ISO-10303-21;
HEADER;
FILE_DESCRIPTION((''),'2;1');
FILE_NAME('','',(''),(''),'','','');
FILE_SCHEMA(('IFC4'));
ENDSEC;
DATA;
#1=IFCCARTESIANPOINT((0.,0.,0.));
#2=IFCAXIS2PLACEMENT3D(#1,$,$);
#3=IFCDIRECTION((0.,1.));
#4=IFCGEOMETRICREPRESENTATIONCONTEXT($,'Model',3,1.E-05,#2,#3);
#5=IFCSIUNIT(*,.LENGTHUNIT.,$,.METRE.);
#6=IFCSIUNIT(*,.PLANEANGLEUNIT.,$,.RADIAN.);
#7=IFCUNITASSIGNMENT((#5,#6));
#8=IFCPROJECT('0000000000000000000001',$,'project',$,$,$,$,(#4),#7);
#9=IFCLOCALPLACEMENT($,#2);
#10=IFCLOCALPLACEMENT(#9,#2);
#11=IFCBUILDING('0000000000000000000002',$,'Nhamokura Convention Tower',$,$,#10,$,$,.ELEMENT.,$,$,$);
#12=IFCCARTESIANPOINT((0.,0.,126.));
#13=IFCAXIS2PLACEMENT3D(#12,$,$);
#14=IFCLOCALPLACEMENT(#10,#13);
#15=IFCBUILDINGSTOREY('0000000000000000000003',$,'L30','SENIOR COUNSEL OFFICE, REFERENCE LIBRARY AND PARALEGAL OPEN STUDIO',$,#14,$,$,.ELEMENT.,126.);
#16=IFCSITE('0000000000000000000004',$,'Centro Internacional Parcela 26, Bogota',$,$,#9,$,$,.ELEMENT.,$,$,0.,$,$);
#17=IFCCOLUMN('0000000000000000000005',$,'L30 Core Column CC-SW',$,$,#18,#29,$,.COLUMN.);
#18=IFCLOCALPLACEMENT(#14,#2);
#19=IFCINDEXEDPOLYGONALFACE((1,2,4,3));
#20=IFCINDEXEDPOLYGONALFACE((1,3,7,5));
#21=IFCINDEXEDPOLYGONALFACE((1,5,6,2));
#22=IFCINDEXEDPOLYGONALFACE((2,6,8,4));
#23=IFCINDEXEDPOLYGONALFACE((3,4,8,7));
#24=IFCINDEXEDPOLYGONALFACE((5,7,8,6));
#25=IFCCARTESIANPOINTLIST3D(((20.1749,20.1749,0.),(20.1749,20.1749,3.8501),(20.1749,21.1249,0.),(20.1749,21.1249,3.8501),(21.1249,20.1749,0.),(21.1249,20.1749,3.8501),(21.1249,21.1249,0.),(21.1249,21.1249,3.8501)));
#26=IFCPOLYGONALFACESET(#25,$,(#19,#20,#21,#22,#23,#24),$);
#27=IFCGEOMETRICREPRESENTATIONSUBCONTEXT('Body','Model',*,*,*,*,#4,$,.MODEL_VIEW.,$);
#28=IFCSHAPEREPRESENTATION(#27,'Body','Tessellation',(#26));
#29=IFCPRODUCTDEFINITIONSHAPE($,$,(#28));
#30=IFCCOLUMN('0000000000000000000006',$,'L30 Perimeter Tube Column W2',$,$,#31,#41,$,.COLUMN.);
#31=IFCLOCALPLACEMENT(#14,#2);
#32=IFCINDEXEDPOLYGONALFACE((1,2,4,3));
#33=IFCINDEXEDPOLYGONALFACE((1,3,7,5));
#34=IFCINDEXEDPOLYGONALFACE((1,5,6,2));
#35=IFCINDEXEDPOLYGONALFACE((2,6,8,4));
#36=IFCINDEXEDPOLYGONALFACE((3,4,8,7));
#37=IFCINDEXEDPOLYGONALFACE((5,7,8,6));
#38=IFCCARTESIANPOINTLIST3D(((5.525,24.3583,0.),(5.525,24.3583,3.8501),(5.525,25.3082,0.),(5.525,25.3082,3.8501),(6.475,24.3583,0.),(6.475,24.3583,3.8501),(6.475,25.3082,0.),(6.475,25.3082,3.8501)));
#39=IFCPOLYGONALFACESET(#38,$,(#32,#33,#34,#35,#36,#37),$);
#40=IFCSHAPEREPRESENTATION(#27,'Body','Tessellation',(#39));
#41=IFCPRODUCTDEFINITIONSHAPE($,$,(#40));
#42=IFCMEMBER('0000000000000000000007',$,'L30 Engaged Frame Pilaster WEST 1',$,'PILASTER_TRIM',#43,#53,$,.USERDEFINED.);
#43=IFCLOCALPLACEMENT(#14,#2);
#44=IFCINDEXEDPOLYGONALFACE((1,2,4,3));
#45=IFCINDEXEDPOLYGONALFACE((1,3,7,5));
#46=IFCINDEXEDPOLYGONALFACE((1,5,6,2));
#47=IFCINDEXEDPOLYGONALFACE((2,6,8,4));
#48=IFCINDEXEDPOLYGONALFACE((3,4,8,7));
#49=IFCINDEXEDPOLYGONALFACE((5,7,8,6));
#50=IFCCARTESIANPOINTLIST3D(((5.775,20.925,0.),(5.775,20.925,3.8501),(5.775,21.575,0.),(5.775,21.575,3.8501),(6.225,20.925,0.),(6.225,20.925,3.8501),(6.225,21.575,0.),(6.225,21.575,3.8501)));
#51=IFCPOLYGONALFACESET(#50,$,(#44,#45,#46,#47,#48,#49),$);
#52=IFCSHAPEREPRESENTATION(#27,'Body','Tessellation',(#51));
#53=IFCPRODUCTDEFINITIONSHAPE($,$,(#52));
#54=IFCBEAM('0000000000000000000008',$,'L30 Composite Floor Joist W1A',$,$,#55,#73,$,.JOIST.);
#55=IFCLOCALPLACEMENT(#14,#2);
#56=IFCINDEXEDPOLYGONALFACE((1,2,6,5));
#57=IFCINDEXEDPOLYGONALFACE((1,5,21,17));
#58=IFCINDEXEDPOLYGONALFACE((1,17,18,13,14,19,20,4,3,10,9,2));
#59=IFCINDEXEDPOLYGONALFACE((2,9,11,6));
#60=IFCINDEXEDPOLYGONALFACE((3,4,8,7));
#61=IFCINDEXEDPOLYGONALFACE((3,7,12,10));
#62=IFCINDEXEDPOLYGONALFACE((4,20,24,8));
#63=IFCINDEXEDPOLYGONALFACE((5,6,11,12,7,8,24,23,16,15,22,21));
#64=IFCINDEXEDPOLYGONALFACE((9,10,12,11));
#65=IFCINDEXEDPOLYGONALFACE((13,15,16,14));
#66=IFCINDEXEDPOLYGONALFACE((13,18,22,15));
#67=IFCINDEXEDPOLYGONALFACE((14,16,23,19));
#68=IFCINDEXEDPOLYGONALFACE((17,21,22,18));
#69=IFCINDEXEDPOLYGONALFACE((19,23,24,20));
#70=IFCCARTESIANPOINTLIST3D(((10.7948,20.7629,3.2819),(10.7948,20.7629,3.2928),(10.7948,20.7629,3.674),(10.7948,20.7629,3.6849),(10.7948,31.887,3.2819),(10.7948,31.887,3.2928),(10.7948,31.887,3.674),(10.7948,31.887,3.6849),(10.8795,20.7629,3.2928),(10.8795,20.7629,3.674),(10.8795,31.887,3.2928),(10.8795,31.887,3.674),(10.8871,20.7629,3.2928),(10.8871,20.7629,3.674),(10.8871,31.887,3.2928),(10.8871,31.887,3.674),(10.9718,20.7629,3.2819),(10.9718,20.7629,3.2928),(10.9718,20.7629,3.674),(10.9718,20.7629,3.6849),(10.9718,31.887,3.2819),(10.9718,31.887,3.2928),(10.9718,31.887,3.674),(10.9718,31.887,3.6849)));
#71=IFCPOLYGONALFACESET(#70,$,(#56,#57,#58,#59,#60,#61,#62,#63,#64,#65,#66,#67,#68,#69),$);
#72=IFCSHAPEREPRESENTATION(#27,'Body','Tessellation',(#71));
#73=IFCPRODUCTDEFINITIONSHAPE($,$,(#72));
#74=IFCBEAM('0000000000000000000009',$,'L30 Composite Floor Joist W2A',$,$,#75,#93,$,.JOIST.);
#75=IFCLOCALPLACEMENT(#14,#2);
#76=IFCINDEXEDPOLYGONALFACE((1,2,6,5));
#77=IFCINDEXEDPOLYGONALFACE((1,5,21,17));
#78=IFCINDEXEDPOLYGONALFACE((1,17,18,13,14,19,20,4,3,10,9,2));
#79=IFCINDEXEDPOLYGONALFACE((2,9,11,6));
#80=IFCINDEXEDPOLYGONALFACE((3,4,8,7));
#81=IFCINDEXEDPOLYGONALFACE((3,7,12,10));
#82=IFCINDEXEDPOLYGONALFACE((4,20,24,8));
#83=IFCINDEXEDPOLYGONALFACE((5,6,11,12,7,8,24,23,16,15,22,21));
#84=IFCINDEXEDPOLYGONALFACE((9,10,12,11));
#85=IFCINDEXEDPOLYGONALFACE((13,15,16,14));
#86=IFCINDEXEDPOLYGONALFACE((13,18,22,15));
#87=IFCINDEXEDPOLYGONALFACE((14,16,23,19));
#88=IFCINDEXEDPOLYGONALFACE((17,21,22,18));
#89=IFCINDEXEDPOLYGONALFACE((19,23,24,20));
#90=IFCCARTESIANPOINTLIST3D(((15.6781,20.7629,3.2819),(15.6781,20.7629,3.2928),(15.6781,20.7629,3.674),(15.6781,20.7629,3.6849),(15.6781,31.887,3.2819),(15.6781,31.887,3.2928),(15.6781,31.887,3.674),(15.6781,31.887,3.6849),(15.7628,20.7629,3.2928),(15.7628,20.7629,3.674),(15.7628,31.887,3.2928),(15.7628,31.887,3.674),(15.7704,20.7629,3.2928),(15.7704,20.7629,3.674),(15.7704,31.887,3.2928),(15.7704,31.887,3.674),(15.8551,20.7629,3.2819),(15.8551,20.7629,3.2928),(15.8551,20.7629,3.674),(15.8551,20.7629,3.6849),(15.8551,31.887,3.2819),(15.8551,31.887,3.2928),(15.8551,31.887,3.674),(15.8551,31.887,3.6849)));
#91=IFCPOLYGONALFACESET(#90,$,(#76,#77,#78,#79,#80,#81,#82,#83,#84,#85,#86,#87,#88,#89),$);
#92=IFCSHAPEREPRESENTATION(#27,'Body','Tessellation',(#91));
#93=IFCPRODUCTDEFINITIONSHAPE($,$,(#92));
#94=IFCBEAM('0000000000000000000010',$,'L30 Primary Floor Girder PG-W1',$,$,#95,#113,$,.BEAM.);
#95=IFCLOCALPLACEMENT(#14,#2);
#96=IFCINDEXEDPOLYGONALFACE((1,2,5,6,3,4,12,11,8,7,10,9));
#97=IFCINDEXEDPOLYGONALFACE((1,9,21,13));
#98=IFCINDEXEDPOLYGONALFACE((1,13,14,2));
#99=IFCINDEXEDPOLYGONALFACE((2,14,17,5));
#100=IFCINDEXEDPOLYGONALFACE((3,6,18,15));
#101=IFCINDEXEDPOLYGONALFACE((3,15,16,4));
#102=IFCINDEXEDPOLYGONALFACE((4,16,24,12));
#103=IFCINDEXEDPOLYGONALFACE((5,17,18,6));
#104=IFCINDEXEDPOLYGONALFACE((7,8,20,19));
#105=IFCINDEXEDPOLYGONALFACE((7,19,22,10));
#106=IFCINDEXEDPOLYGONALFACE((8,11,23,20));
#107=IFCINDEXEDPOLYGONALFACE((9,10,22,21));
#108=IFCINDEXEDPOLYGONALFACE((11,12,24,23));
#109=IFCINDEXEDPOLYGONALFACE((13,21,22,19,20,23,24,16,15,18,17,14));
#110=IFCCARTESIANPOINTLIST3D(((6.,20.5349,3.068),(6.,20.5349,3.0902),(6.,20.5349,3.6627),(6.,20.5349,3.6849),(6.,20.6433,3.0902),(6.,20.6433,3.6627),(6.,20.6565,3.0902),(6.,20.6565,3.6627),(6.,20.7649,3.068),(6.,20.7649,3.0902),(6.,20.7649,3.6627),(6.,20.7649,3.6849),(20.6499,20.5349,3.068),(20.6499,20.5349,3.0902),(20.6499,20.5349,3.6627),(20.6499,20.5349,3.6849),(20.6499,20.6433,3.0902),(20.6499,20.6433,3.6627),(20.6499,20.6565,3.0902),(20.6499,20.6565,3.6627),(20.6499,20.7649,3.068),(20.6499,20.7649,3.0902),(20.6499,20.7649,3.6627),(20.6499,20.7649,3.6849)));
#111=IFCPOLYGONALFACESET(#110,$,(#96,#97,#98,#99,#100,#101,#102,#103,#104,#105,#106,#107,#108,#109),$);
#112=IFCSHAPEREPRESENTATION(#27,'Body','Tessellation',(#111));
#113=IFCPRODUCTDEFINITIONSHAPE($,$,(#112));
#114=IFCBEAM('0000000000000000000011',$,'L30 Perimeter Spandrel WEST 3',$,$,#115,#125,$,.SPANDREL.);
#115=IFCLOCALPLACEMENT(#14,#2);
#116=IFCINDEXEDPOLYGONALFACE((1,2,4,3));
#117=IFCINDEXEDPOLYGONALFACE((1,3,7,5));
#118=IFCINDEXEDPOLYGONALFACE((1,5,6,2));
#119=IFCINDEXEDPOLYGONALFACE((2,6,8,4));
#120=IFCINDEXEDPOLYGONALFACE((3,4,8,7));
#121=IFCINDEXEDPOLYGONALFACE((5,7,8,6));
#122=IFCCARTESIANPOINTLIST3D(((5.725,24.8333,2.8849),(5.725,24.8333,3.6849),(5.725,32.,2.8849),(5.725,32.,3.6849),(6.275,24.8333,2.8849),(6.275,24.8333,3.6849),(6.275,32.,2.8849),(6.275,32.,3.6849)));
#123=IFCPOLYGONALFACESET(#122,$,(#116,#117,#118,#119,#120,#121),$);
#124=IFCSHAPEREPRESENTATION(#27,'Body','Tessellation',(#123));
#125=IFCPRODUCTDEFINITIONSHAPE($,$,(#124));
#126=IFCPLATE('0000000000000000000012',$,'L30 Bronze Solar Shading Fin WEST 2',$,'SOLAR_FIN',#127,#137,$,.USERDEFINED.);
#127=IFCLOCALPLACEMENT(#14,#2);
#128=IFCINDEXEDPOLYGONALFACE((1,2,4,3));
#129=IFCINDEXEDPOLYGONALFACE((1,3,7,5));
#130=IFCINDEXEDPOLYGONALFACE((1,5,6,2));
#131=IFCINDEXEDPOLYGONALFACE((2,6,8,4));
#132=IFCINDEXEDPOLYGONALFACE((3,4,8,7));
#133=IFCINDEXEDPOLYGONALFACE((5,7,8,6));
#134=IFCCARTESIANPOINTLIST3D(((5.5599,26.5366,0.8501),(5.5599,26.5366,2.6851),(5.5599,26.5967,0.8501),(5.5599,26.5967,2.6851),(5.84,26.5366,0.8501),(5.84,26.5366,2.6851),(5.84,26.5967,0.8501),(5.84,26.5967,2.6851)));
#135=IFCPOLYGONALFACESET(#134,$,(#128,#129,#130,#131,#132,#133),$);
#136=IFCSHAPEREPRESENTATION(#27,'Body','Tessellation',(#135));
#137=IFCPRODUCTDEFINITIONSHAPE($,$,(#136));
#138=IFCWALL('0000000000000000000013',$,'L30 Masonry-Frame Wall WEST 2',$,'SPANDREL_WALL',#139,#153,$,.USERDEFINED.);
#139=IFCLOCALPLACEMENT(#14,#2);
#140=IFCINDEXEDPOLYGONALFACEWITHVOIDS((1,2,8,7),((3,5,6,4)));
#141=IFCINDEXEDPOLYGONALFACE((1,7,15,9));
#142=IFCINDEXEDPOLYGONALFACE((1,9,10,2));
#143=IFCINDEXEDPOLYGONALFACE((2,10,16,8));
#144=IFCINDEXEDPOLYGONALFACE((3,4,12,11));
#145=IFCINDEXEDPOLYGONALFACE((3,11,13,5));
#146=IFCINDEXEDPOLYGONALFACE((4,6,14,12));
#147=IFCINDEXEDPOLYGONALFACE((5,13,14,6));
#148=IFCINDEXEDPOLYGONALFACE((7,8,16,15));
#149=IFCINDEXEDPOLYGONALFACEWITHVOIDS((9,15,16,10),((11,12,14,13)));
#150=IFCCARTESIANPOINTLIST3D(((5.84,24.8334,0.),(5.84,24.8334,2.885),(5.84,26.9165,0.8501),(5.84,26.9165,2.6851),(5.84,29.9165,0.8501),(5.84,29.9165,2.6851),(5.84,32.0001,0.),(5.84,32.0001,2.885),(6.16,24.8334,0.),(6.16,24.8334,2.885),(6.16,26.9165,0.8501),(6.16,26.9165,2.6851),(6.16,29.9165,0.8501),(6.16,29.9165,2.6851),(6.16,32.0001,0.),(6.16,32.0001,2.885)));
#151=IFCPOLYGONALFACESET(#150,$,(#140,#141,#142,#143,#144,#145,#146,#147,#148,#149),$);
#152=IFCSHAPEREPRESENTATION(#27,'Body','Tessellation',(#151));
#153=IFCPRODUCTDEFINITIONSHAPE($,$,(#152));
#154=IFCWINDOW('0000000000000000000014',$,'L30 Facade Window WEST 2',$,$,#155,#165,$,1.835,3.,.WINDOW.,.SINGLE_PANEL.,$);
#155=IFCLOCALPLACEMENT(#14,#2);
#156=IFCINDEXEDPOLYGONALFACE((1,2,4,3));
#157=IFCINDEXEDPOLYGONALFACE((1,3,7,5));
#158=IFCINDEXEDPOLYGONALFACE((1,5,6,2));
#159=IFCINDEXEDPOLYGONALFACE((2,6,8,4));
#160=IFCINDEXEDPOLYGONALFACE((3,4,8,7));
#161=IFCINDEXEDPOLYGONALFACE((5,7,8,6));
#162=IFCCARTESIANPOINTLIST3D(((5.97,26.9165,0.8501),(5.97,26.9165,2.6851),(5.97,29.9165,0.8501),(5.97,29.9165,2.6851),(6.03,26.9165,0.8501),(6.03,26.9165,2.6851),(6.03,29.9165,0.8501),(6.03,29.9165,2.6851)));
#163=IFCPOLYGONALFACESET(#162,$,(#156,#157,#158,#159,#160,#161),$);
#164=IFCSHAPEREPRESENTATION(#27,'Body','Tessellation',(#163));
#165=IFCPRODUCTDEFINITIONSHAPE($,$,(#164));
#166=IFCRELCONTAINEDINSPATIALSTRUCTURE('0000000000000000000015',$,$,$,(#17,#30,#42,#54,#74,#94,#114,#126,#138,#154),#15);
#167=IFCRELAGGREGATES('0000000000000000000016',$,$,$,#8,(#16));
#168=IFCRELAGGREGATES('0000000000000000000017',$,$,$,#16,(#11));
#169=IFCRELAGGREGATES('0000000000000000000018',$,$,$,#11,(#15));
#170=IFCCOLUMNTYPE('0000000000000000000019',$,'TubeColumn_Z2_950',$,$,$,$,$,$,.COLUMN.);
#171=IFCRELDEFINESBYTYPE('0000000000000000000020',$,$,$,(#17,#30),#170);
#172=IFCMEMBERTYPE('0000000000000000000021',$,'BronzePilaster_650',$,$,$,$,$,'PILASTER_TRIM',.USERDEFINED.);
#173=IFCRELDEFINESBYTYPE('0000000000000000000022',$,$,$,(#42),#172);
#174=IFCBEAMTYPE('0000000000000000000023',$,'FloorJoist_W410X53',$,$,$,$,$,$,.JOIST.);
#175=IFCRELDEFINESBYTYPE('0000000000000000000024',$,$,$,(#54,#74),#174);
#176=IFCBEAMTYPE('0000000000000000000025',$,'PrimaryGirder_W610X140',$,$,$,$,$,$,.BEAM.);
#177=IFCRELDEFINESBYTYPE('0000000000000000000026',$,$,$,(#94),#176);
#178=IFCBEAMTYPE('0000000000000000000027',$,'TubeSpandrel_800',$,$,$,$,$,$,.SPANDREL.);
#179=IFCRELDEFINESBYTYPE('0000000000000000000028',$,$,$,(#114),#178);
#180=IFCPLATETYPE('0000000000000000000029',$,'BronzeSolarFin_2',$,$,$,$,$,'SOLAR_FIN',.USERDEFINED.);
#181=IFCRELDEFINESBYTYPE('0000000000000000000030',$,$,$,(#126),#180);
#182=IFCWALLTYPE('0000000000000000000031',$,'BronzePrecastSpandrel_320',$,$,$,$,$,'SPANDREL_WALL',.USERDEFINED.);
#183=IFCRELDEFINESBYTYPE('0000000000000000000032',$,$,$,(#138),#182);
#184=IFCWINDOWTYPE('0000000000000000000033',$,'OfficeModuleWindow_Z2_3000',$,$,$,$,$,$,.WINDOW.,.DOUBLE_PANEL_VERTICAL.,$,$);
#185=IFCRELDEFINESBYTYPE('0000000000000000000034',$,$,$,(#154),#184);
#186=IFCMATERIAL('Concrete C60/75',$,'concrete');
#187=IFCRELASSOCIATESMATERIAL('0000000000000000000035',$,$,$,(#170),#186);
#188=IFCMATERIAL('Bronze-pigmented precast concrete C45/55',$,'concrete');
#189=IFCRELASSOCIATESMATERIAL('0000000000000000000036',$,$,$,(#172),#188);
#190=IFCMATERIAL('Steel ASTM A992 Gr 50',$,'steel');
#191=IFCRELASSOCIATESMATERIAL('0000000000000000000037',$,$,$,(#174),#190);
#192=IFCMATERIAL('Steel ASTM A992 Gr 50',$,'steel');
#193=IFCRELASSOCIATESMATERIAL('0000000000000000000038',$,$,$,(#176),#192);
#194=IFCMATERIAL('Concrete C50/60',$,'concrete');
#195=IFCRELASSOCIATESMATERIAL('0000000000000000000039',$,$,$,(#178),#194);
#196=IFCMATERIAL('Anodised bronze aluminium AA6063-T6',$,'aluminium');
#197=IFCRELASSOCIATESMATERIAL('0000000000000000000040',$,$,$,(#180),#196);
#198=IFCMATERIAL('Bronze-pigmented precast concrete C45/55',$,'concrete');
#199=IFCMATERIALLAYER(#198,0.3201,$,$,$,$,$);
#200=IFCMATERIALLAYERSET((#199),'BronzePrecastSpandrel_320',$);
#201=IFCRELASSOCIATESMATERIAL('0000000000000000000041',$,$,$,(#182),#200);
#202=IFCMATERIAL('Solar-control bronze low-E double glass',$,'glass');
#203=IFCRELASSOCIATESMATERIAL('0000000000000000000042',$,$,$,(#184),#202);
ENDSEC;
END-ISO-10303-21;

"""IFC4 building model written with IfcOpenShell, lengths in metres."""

from ifc_helpers import new_model, si_unit, direction, frame, frame_2d, origin, origin_2d, place, context, subcontext, project, spatial, rectangle, i_section, extrude, material, layer, layer_set, material_profile, profile_set, type_object, element, fill, save


model = new_model("IFC4")

# Units and contexts
model_context = context("Model", 3, precision=1e-05, world=origin(), true_north=direction((0.0, 1.0)))
body_context = subcontext(model_context, "Body", "Model", "MODEL_VIEW")
ifc_project = project(units=[si_unit("LENGTHUNIT", "METRE"), si_unit("PLANEANGLEUNIT", "RADIAN")], contexts=[model_context])

# Site, building, storey
site_placement = place(None, origin())
site = spatial("IfcSite", under=ifc_project, at=site_placement, Name="Centro Internacional Parcela 26, Bogota", CompositionType="ELEMENT", RefElevation=0.0)
building_placement = place(site_placement, origin())
building = spatial("IfcBuilding", under=site, at=building_placement, Name="Nhamokura Convention Tower", CompositionType="ELEMENT")
storey_placement = place(building_placement, frame((0.0, 0.0, 126.0)))
storey = spatial("IfcBuildingStorey", under=building, at=storey_placement, Name="L30", Description="SENIOR COUNSEL OFFICE, REFERENCE LIBRARY AND PARALEGAL OPEN STUDIO", CompositionType="ELEMENT", Elevation=126.0)

# Columns
ifc_material_1 = material(Name="Concrete C60/75", Category="concrete")
ifc_material_profile_1 = material_profile(ifc_material_1, rectangle(XDim=0.95, YDim=0.95, at=origin_2d()))
ifc_profile_set_1 = profile_set([ifc_material_profile_1], Name="Concrete C60/75")
column_type = type_object("IfcColumnType", Name="TubeColumn_Z2_950", PredefinedType="COLUMN", material=ifc_profile_set_1)
for number, where, z_axis, x_axis, name in (
    (1, (20.6499, 20.6499, 0.0), (0.0, 0.0, 1.0), (1.0, 0.0, 0.0), "L30 Core Column CC-SW"),
    (2, (6.0, 24.8333, 0.0), (0.0, 0.0, 1.0), (1.0, 0.0, 0.0), "L30 Perimeter Tube Column W2"),
):
    element("IfcColumn", number, at=place(storey_placement, frame(where, z_axis=z_axis, x_axis=x_axis)), inside=storey, type_object=column_type, Name=name, PredefinedType="COLUMN", context=body_context, shape_type="SweptSolid", body=[
        extrude(rectangle(XDim=0.95, YDim=0.95, at=origin_2d()), origin(), (0.0, 0.0, 1.0), 3.8501),
    ])

# Member
ifc_material_2 = material(Name="Bronze-pigmented precast concrete C45/55", Category="concrete")
ifc_material_profile_2 = material_profile(ifc_material_2, rectangle(XDim=0.45, YDim=0.6499, at=origin_2d()))
ifc_profile_set_2 = profile_set([ifc_material_profile_2], Name="Bronze-pigmented precast concrete C45/55")
member_type = type_object("IfcMemberType", Name="BronzePilaster_650", ElementType="PILASTER_TRIM", PredefinedType="USERDEFINED", material=ifc_profile_set_2)
member_placement = place(storey_placement, frame((6.0, 21.25, 0.0), z_axis=(0.0, 0.0, 1.0), x_axis=(1.0, 0.0, 0.0)))
element("IfcMember", 3, at=member_placement, inside=storey, type_object=member_type, Name="L30 Engaged Frame Pilaster WEST 1", ObjectType="PILASTER_TRIM", PredefinedType="USERDEFINED", context=body_context, shape_type="SweptSolid", body=[
    extrude(rectangle(XDim=0.45, YDim=0.6499, at=origin_2d()), origin(), (0.0, 0.0, 1.0), 3.8501),
])

# Beams
ifc_material_3 = material(Name="Steel ASTM A992 Gr 50", Category="steel")
ifc_material_profile_3 = material_profile(ifc_material_3, i_section(OverallWidth=0.177, OverallDepth=0.4031, WebThickness=0.0076, FlangeThickness=0.011, at=origin_2d()))
ifc_profile_set_3 = profile_set([ifc_material_profile_3], Name="Steel ASTM A992 Gr 50")
beam_type_1 = type_object("IfcBeamType", Name="FloorJoist_W410X53", PredefinedType="JOIST", material=ifc_profile_set_3)
for number, where, z_axis, x_axis, name in (
    (4, (10.8833, 20.7629, 3.4834), (0.0, 1.0, 0.0), (-1.0, 0.0, 0.0), "L30 Composite Floor Joist W1A"),
    (5, (15.7666, 20.7629, 3.4834), (0.0, 1.0, 0.0), (-1.0, 0.0, 0.0), "L30 Composite Floor Joist W2A"),
):
    element("IfcBeam", number, at=place(storey_placement, frame(where, z_axis=z_axis, x_axis=x_axis)), inside=storey, type_object=beam_type_1, Name=name, PredefinedType="JOIST", context=body_context, shape_type="SweptSolid", body=[
        extrude(i_section(OverallWidth=0.177, OverallDepth=0.4031, WebThickness=0.0076, FlangeThickness=0.011, at=origin_2d()), origin(), (0.0, 0.0, 1.0), 11.124),
    ])
ifc_material_4 = material(Name="Steel ASTM A992 Gr 50", Category="steel")
ifc_material_profile_4 = material_profile(ifc_material_4, i_section(OverallWidth=0.23, OverallDepth=0.6169, WebThickness=0.0132, FlangeThickness=0.0222, at=origin_2d()))
ifc_profile_set_4 = profile_set([ifc_material_profile_4], Name="Steel ASTM A992 Gr 50")
beam_type_2 = type_object("IfcBeamType", Name="PrimaryGirder_W610X140", PredefinedType="BEAM", material=ifc_profile_set_4)
beam_1_placement = place(storey_placement, frame((6.0, 20.6499, 3.3765), z_axis=(1.0, 0.0, 0.0), x_axis=(0.0, 1.0, 0.0)))
element("IfcBeam", 6, at=beam_1_placement, inside=storey, type_object=beam_type_2, Name="L30 Primary Floor Girder PG-W1", PredefinedType="BEAM", context=body_context, shape_type="SweptSolid", body=[
    extrude(i_section(OverallWidth=0.23, OverallDepth=0.6169, WebThickness=0.0132, FlangeThickness=0.0222, at=origin_2d()), origin(), (0.0, 0.0, 1.0), 14.6499),
])
ifc_material_5 = material(Name="Concrete C50/60", Category="concrete")
ifc_material_profile_5 = material_profile(ifc_material_5, rectangle(XDim=0.55, YDim=0.8, at=origin_2d()))
ifc_profile_set_5 = profile_set([ifc_material_profile_5], Name="Concrete C50/60")
beam_type_3 = type_object("IfcBeamType", Name="TubeSpandrel_800", PredefinedType="SPANDREL", material=ifc_profile_set_5)
beam_2_placement = place(storey_placement, frame((6.0, 24.8333, 3.2849), z_axis=(0.0, 1.0, 0.0), x_axis=(-1.0, 0.0, 0.0)))
element("IfcBeam", 7, at=beam_2_placement, inside=storey, type_object=beam_type_3, Name="L30 Perimeter Spandrel WEST 3", PredefinedType="SPANDREL", context=body_context, shape_type="SweptSolid", body=[
    extrude(rectangle(XDim=0.55, YDim=0.8, at=origin_2d()), origin(), (0.0, 0.0, 1.0), 7.1667),
])

# Plate
ifc_material_6 = material(Name="Anodised bronze aluminium AA6063-T6", Category="aluminium")
plate_type = type_object("IfcPlateType", Name="BronzeSolarFin_2", ElementType="SOLAR_FIN", PredefinedType="USERDEFINED", material=ifc_material_6)
plate_placement = place(storey_placement, frame((5.7, 26.5667, 0.8501), z_axis=(0.0, 0.0, 1.0), x_axis=(1.0, 0.0, 0.0)))
element("IfcPlate", 8, at=plate_placement, inside=storey, type_object=plate_type, Name="L30 Bronze Solar Shading Fin WEST 2", ObjectType="SOLAR_FIN", PredefinedType="USERDEFINED", context=body_context, shape_type="SweptSolid", body=[
    extrude(rectangle(XDim=0.28, YDim=0.0601, at=origin_2d()), origin(), (0.0, 0.0, 1.0), 1.835),
])

# Wall, opening, window
ifc_material_7 = material(Name="Bronze-pigmented precast concrete C45/55", Category="concrete")
ifc_layer_1 = layer(ifc_material_7, 0.3201)
ifc_layer_set_1 = layer_set([ifc_layer_1], Name="BronzePrecastSpandrel_320")
wall_type_1 = type_object("IfcWallType", Name="BronzePrecastSpandrel_320", ElementType="SPANDREL_WALL", PredefinedType="USERDEFINED", material=ifc_layer_set_1)
wall_1_placement = place(storey_placement, frame((6.0, 24.8333, 0.0), z_axis=(0.0, 0.0, 1.0), x_axis=(0.0, 1.0, 0.0)))
wall_1 = element("IfcWall", 9, at=wall_1_placement, inside=storey, type_object=wall_type_1, Name="L30 Masonry-Frame Wall WEST 2", ObjectType="SPANDREL_WALL", PredefinedType="USERDEFINED", context=body_context, shape_type="SweptSolid", body=[
    extrude(rectangle(XDim=7.1667, YDim=0.3201, at=frame_2d((3.5835, 0.0))), origin(), (0.0, 0.0, 1.0), 2.885),
])
opening_1_placement = place(wall_1_placement, frame((2.0833, 0.0, 0.8501)))
opening_1 = element("IfcOpeningElement", 10, at=opening_1_placement, cuts=wall_1, PredefinedType="OPENING", context=body_context, shape_type="SweptSolid", body=[
    extrude(rectangle(XDim=3.0, YDim=1.835, at=frame_2d((1.5, 0.9175))), frame((0.0, 0.1699, 0.0), z_axis=(0.0, -1.0, 0.0), x_axis=(1.0, 0.0, 0.0)), (0.0, 0.0, 1.0), 0.3401),
])
ifc_material_8 = material(Name="Solar-control bronze low-E double glass", Category="glass")
window_type = type_object("IfcWindowType", Name="OfficeModuleWindow_Z2_3000", PartitioningType="DOUBLE_PANEL_VERTICAL", PredefinedType="WINDOW", material=ifc_material_8)
window_placement = place(opening_1_placement, origin())
window = element("IfcWindow", 11, at=window_placement, inside=storey, type_object=window_type, Name="L30 Facade Window WEST 2", OverallHeight=1.835, OverallWidth=3.0, PartitioningType="SINGLE_PANEL", PredefinedType="WINDOW", context=body_context, shape_type="SweptSolid", body=[
    extrude(rectangle(XDim=3.0, YDim=1.835, at=frame_2d((1.5, 0.9175))), frame((0.0, 0.03, 0.0), z_axis=(0.0, -1.0, 0.0), x_axis=(1.0, 0.0, 0.0)), (0.0, 0.0, 1.0), 0.0601),
])
fill(opening_1, window)

save(model, "model.ifc")
